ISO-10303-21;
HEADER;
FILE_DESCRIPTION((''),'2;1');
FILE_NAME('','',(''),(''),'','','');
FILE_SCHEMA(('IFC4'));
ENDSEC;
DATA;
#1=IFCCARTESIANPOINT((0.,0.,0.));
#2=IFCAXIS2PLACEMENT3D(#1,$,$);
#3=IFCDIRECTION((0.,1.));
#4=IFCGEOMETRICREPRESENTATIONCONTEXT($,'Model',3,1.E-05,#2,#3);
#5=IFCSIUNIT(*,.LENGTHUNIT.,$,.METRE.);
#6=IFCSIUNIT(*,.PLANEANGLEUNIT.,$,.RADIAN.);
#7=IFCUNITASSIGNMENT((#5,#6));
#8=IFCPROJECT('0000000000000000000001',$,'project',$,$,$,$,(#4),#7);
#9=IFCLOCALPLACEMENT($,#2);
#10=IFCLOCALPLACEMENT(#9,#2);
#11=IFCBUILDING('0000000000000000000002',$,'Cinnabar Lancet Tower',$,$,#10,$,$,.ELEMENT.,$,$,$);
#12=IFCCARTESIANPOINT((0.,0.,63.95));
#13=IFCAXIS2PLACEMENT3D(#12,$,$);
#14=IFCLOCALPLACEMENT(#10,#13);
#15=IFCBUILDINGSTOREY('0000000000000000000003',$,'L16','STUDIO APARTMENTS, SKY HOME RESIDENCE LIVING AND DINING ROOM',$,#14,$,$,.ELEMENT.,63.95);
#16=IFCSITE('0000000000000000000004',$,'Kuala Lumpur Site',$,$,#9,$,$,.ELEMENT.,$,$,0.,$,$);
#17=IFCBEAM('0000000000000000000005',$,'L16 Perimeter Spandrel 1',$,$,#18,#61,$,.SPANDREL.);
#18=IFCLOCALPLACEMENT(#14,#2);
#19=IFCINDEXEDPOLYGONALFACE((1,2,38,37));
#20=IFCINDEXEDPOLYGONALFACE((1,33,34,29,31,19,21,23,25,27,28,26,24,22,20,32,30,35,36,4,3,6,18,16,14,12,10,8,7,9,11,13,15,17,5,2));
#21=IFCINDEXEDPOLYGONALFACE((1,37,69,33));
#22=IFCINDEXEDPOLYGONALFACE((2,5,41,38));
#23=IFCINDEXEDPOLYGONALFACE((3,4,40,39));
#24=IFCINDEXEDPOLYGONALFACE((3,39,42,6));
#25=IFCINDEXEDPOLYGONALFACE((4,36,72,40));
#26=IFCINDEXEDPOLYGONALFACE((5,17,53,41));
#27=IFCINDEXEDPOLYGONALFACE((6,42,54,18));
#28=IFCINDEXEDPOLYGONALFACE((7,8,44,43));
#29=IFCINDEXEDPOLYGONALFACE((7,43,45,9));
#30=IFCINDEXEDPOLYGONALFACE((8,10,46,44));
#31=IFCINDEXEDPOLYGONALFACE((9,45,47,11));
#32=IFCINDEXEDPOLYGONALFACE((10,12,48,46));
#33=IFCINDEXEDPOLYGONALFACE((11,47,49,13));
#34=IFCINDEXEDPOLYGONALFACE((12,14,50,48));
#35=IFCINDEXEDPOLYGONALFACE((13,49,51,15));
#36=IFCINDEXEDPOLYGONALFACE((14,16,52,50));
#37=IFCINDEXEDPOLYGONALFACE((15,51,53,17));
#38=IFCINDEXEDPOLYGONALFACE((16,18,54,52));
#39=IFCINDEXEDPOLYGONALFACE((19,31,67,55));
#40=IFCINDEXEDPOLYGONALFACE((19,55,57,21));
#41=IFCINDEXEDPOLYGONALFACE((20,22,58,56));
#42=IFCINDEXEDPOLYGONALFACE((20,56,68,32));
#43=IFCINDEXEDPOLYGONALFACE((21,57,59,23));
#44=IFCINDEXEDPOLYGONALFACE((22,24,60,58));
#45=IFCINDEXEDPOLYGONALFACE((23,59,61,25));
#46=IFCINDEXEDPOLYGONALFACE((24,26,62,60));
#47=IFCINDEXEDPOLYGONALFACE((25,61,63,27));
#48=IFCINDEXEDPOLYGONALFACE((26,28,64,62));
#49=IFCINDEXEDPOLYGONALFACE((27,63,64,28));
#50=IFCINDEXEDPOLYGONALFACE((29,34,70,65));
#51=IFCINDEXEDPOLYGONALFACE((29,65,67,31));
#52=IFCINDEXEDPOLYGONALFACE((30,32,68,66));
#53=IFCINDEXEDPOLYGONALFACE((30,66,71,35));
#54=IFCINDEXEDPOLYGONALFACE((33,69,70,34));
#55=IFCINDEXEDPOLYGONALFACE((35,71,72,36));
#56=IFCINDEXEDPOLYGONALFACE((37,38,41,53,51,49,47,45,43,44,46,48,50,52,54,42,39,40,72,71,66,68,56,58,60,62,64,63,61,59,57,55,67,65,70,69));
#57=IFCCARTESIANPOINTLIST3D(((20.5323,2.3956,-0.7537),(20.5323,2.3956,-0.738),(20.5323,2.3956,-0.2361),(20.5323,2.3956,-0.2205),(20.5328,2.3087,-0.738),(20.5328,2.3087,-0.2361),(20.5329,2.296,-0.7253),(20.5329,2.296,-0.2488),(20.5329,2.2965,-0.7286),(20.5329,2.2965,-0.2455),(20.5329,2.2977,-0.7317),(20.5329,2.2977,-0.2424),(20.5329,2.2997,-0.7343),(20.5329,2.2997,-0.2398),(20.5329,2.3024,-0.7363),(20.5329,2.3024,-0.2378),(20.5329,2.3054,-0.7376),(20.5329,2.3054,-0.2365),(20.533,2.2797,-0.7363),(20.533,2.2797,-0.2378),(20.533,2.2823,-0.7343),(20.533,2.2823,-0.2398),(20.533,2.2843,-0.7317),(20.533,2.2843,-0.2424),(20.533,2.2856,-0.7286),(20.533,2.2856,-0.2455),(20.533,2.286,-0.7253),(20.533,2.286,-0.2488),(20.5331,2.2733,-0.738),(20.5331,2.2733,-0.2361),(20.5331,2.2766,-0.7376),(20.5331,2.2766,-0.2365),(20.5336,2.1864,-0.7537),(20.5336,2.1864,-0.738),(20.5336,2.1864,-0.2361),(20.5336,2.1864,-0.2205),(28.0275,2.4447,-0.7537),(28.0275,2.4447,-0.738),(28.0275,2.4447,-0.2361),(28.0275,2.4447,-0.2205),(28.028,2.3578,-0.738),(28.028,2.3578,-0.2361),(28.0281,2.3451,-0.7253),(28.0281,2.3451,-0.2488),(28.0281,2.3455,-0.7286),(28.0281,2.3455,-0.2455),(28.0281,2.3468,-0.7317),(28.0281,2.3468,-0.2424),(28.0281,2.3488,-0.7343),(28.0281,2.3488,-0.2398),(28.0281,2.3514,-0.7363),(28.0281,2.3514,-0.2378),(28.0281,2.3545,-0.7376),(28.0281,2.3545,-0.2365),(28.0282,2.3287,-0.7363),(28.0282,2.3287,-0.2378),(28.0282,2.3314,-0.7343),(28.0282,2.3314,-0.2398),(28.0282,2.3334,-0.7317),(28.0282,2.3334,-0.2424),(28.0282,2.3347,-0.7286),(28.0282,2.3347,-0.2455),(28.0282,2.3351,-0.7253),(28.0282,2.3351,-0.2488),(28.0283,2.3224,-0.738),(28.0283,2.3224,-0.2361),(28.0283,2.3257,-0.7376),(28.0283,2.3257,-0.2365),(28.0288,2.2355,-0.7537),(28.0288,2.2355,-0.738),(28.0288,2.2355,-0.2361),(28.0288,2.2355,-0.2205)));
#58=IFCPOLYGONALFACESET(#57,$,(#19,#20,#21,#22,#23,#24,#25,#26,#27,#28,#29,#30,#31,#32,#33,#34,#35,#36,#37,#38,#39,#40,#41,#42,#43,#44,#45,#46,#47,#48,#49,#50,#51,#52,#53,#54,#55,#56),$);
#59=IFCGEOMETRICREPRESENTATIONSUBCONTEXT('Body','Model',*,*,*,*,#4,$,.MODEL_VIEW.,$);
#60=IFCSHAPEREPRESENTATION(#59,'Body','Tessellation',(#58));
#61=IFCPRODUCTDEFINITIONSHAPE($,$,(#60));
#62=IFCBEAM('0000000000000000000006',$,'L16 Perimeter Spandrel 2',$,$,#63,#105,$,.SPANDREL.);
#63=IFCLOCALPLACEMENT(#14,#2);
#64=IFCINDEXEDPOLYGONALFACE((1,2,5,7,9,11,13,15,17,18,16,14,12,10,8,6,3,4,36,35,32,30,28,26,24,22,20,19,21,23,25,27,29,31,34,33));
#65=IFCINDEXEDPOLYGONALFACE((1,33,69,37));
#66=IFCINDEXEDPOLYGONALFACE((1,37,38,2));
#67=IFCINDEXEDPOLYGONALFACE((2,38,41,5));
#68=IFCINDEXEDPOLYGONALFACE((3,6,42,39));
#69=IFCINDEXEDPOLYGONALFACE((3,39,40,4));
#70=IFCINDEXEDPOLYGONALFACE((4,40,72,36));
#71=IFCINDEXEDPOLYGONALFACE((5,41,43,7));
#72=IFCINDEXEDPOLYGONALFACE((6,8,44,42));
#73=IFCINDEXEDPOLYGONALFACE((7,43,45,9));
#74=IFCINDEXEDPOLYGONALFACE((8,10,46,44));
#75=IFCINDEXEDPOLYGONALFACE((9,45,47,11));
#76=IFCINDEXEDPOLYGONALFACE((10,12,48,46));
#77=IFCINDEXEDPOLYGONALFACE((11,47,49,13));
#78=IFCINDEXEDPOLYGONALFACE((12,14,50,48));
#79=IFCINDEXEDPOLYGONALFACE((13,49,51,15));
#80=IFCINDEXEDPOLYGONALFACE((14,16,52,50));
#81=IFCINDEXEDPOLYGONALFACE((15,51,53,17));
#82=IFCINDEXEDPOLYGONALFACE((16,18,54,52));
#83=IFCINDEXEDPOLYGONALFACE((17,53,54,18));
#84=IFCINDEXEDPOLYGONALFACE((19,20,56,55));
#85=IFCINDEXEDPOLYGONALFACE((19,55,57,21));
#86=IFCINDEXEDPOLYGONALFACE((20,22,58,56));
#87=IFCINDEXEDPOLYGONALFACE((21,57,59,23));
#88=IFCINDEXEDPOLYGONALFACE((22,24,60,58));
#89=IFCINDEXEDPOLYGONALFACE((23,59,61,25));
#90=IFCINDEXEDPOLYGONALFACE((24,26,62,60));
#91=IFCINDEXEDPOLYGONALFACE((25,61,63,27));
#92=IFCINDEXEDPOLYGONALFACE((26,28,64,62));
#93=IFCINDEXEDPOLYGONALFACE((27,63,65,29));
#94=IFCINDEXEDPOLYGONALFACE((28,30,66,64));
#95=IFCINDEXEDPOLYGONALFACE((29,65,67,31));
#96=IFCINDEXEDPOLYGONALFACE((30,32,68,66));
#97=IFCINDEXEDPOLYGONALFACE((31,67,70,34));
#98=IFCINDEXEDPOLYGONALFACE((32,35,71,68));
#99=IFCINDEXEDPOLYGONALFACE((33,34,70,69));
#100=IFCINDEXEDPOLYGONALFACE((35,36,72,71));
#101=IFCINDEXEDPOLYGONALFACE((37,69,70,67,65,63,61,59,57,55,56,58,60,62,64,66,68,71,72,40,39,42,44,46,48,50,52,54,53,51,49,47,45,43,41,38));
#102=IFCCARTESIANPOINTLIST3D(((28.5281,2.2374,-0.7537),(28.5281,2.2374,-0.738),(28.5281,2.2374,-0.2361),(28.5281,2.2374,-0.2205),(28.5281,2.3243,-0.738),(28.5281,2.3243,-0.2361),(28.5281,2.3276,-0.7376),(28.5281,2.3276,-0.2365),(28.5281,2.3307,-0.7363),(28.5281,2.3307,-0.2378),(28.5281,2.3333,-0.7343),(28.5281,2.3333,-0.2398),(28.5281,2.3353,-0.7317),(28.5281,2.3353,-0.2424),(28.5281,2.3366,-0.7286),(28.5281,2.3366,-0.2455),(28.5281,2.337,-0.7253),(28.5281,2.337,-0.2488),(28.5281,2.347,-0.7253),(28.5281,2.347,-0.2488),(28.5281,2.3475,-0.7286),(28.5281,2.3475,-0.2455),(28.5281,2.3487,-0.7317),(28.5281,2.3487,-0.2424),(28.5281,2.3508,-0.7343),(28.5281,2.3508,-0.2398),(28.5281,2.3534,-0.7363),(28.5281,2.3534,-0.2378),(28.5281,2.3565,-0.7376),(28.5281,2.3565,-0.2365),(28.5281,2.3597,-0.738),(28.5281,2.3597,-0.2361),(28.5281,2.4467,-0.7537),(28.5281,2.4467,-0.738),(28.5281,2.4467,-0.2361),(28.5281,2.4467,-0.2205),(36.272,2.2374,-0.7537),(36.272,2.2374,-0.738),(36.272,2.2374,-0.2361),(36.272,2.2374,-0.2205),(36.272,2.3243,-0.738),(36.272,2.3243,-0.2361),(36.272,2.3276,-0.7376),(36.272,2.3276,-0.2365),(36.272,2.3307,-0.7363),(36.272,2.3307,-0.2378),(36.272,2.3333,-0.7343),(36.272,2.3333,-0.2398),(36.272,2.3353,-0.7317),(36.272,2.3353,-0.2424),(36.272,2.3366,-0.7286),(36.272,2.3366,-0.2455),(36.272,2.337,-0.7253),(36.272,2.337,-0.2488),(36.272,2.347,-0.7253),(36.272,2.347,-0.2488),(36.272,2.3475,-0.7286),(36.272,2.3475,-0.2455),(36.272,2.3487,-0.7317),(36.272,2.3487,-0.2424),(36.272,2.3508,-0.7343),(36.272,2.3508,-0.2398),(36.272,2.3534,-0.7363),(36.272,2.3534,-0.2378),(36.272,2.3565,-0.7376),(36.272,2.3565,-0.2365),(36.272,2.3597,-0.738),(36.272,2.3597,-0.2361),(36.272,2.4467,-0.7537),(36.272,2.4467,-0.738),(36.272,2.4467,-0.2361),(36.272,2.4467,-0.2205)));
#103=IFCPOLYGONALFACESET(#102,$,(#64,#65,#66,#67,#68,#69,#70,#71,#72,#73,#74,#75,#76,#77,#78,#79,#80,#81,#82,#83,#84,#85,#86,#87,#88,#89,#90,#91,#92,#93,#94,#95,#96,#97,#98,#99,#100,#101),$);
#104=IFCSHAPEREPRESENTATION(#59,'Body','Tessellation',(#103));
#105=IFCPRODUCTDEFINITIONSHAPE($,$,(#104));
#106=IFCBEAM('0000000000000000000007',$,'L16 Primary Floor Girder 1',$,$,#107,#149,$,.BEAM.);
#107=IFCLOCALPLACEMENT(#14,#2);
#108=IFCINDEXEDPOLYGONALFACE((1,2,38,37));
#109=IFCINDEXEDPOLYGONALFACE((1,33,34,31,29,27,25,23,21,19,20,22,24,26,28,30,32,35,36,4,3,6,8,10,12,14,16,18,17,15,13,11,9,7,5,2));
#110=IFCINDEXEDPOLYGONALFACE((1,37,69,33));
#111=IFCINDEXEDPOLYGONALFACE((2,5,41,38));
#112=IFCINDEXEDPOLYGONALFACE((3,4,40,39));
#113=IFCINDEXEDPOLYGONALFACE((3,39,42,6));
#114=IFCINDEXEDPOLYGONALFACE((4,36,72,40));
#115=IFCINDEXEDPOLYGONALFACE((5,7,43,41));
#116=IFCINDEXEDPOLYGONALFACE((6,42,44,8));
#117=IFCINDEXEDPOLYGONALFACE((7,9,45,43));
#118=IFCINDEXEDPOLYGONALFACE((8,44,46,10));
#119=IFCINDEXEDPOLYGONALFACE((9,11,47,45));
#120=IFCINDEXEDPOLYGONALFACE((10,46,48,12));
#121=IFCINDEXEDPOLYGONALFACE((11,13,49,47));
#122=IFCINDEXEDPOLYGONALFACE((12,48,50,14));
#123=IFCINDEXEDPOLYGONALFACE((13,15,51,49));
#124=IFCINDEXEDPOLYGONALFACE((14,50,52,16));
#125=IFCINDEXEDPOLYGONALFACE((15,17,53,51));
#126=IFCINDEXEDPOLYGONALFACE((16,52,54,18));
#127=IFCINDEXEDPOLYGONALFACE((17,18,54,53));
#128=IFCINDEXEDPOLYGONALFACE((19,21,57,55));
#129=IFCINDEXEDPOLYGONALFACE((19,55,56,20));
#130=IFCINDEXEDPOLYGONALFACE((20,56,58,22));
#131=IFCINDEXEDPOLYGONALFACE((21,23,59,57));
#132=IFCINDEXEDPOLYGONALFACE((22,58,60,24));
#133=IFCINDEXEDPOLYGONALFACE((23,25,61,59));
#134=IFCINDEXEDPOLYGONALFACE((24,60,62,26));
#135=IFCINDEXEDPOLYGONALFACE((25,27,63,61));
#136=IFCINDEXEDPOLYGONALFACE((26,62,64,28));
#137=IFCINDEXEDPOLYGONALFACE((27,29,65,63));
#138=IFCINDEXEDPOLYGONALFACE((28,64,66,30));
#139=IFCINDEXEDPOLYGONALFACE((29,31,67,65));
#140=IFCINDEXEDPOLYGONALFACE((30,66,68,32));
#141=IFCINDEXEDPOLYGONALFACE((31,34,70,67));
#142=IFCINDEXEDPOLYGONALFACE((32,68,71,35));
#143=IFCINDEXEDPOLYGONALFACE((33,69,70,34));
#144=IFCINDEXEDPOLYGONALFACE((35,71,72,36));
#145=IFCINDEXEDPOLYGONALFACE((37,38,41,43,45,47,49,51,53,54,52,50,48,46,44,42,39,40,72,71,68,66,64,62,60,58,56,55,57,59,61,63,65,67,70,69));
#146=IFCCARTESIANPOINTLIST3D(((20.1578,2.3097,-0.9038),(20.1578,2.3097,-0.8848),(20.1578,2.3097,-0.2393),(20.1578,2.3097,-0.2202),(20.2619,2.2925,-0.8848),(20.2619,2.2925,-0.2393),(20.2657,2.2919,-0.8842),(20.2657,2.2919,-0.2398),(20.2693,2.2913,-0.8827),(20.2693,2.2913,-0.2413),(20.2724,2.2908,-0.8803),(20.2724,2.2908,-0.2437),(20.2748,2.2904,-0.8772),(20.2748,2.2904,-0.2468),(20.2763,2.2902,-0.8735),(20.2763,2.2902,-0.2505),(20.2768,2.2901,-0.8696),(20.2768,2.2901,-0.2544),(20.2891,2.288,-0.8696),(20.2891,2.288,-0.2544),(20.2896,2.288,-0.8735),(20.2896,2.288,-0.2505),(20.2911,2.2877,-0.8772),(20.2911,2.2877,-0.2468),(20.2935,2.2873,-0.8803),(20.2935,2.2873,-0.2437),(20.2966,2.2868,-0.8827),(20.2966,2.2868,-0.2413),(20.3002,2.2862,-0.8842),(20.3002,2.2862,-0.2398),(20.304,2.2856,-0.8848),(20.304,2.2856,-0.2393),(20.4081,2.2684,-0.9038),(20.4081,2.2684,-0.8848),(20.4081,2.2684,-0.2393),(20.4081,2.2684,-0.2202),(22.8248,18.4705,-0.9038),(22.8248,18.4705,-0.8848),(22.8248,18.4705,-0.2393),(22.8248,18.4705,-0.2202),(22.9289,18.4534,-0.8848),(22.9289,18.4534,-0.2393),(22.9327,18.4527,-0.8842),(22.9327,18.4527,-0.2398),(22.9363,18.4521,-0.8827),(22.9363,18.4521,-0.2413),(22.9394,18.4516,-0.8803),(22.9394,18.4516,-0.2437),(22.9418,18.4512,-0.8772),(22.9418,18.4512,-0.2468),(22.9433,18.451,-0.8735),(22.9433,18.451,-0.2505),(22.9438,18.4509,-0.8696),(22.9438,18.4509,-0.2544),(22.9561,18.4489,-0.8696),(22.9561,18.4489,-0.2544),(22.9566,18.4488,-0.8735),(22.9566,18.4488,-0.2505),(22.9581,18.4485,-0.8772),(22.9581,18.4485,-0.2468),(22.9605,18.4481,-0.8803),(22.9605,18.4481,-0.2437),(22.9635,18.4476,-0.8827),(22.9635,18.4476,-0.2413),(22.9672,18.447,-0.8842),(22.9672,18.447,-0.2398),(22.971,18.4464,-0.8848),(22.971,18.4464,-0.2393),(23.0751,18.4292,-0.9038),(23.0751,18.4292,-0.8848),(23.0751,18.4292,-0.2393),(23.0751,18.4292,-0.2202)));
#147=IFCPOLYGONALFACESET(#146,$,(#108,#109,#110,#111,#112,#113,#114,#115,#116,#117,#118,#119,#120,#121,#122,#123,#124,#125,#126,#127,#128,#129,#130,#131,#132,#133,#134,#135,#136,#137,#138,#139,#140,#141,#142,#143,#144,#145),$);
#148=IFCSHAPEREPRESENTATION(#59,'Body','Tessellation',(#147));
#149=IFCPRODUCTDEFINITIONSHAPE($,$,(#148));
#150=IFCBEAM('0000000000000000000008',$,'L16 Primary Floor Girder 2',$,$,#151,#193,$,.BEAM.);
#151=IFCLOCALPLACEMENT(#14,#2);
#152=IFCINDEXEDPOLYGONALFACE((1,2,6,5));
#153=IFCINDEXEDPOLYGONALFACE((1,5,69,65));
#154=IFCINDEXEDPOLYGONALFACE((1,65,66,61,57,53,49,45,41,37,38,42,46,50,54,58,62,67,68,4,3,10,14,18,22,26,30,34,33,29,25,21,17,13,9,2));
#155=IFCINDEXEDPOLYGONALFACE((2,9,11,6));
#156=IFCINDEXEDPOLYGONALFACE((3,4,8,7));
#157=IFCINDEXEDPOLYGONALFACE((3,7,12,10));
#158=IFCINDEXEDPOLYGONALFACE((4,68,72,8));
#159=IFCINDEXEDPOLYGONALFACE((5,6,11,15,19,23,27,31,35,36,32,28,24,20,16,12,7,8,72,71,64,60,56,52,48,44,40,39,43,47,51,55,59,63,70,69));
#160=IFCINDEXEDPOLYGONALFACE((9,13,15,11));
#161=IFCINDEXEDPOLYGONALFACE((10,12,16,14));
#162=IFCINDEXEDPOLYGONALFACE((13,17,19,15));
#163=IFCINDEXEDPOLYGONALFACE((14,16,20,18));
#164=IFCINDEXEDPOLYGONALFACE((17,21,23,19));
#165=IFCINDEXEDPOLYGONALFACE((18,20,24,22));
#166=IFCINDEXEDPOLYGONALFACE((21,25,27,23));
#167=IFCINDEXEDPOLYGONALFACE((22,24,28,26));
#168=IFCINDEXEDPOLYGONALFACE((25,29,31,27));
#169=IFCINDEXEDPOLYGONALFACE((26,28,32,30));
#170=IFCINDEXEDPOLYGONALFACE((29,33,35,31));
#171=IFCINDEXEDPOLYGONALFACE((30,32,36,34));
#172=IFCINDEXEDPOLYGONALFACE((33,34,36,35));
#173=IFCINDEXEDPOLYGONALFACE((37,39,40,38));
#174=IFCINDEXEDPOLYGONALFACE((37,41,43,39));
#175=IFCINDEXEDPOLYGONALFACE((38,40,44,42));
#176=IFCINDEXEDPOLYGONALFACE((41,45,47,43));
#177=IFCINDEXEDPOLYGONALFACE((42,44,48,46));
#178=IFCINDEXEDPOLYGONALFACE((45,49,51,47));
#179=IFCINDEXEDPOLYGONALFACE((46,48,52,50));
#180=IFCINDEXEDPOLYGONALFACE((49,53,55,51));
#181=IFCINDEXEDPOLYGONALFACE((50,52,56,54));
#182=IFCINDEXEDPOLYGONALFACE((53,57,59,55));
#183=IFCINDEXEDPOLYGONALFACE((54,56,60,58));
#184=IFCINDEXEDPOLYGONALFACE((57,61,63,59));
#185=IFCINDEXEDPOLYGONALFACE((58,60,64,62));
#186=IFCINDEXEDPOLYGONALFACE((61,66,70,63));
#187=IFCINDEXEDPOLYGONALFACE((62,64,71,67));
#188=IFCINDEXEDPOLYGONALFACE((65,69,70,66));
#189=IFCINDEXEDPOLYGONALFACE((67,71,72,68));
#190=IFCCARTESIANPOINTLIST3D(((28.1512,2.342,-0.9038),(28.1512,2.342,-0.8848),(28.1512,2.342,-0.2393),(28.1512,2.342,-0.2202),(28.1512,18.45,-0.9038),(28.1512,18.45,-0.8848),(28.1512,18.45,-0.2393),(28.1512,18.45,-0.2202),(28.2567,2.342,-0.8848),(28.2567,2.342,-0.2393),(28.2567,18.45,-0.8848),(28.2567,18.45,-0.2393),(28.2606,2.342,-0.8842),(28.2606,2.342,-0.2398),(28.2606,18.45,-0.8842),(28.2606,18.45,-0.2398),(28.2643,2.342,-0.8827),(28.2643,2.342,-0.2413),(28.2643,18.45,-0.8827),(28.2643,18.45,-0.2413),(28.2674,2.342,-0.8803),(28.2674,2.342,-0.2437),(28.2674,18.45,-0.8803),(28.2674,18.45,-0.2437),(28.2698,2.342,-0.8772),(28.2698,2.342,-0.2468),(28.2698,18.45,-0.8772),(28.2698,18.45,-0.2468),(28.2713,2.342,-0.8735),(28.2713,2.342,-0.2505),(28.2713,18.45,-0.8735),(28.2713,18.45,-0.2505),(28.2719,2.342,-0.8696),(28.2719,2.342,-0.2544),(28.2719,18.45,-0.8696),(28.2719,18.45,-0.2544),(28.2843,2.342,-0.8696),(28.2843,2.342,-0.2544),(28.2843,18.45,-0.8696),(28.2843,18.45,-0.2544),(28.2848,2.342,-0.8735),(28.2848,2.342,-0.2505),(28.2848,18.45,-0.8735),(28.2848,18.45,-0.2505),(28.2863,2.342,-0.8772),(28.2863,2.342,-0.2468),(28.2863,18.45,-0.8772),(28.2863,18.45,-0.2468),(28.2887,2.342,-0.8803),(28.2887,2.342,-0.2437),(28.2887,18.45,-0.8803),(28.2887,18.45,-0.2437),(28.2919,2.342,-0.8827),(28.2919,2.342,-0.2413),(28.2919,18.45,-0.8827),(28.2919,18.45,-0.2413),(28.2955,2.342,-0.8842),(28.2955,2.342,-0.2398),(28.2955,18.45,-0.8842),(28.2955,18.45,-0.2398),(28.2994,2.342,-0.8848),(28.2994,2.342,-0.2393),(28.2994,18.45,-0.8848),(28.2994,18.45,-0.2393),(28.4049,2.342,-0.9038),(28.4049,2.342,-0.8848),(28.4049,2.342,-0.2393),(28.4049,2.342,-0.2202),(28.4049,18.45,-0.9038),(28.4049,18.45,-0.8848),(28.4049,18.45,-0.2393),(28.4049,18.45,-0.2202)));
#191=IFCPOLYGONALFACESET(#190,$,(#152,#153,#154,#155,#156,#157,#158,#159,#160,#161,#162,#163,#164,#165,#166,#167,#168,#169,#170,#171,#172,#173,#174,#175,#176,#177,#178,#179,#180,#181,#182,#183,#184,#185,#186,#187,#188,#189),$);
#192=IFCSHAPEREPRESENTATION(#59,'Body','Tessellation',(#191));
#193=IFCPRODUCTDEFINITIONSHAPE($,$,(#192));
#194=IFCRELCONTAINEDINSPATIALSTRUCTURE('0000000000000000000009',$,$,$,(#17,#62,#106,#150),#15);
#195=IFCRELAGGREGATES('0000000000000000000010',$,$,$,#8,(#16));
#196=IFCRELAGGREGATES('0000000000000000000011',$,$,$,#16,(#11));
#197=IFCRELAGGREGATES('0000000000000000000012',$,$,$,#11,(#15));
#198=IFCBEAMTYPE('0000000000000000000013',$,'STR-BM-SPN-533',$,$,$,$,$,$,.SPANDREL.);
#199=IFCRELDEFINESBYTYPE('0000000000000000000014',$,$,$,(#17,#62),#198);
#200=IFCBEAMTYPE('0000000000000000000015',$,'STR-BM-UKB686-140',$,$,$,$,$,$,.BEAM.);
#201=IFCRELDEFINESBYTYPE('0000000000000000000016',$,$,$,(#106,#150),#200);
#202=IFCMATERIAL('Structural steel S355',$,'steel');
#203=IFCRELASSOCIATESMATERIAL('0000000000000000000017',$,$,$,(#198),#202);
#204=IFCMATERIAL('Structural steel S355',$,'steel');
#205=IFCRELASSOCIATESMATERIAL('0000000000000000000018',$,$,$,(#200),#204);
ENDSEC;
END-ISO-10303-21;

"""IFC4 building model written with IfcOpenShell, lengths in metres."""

from ifc_helpers import new_model, si_unit, direction, frame, origin, origin_2d, place, context, subcontext, project, spatial, i_section, extrude, material, material_profile, profile_set, type_object, element, save


model = new_model("IFC4")

# Units and contexts
model_context = context("Model", 3, precision=1e-05, world=origin(), true_north=direction((0.0, 1.0)))
body_context = subcontext(model_context, "Body", "Model", "MODEL_VIEW")
ifc_project = project(units=[si_unit("LENGTHUNIT", "METRE"), si_unit("PLANEANGLEUNIT", "RADIAN")], contexts=[model_context])

# Site, building, storey
site_placement = place(None, origin())
site = spatial("IfcSite", under=ifc_project, at=site_placement, Name="Kuala Lumpur Site", CompositionType="ELEMENT", RefElevation=0.0)
building_placement = place(site_placement, origin())
building = spatial("IfcBuilding", under=site, at=building_placement, Name="Cinnabar Lancet Tower", CompositionType="ELEMENT")
storey_placement = place(building_placement, frame((0.0, 0.0, 63.95)))
storey = spatial("IfcBuildingStorey", under=building, at=storey_placement, Name="L16", Description="STUDIO APARTMENTS, SKY HOME RESIDENCE LIVING AND DINING ROOM", CompositionType="ELEMENT", Elevation=63.95)

# Beams
ifc_material_1 = material(Name="Structural steel S355", Category="steel")
ifc_material_profile_1 = material_profile(ifc_material_1, i_section(OverallWidth=0.2092, OverallDepth=0.5332, WebThickness=0.01, FlangeThickness=0.0156, FilletRadius=0.0127, at=origin_2d()), Name="UKB 533x210x92")
ifc_profile_set_1 = profile_set([ifc_material_profile_1], Name="Structural steel S355")
beam_type_1 = type_object("IfcBeamType", Name="STR-BM-SPN-533", PredefinedType="SPANDREL", material=ifc_profile_set_1)
beam_1_placement = place(storey_placement, frame((20.533, 2.291, -0.4871), z_axis=(0.999979, 0.006547, 0.0), x_axis=(-0.006547, 0.999979, 0.0)))
element("IfcBeam", 1, at=beam_1_placement, inside=storey, type_object=beam_type_1, Name="L16 Perimeter Spandrel 1", PredefinedType="SPANDREL", context=body_context, shape_type="SweptSolid", body=[
    extrude(i_section(OverallWidth=0.2092, OverallDepth=0.5332, WebThickness=0.01, FlangeThickness=0.0156, FilletRadius=0.0127, at=origin_2d()), origin(), (0.0, 0.0, 1.0), 7.4954),
])
beam_2_placement = place(storey_placement, frame((28.5281, 2.342, -0.4871), z_axis=(1.0, 0.0, 0.0), x_axis=(0.0, 1.0, 0.0)))
element("IfcBeam", 2, at=beam_2_placement, inside=storey, type_object=beam_type_1, Name="L16 Perimeter Spandrel 2", PredefinedType="SPANDREL", context=body_context, shape_type="SweptSolid", body=[
    extrude(i_section(OverallWidth=0.2092, OverallDepth=0.5332, WebThickness=0.01, FlangeThickness=0.0156, FilletRadius=0.0127, at=origin_2d()), origin(), (0.0, 0.0, 1.0), 7.7439),
])
ifc_material_2 = material(Name="Structural steel S355", Category="steel")
ifc_material_profile_2 = material_profile(ifc_material_2, i_section(OverallWidth=0.2537, OverallDepth=0.6836, WebThickness=0.0125, FlangeThickness=0.019, FilletRadius=0.0151, at=origin_2d()), Name="UKB 686x254x140")
ifc_profile_set_2 = profile_set([ifc_material_profile_2], Name="Structural steel S355")
beam_type_2 = type_object("IfcBeamType", Name="STR-BM-UKB686-140", PredefinedType="BEAM", material=ifc_profile_set_2)
beam_3_placement = place(storey_placement, frame((20.283, 2.2891, -0.562), z_axis=(0.162825, 0.986655, 0.0), x_axis=(-0.986655, 0.162825, 0.0)))
element("IfcBeam", 3, at=beam_3_placement, inside=storey, type_object=beam_type_2, Name="L16 Primary Floor Girder 1", PredefinedType="BEAM", context=body_context, shape_type="SweptSolid", body=[
    extrude(i_section(OverallWidth=0.2537, OverallDepth=0.6836, WebThickness=0.0125, FlangeThickness=0.019, FilletRadius=0.0151, at=origin_2d()), origin(), (0.0, 0.0, 1.0), 16.3794),
])
beam_4_placement = place(storey_placement, frame((28.2781, 2.342, -0.562), z_axis=(0.0, 1.0, 0.0), x_axis=(-1.0, 0.0, 0.0)))
element("IfcBeam", 4, at=beam_4_placement, inside=storey, type_object=beam_type_2, Name="L16 Primary Floor Girder 2", PredefinedType="BEAM", context=body_context, shape_type="SweptSolid", body=[
    extrude(i_section(OverallWidth=0.2537, OverallDepth=0.6836, WebThickness=0.0125, FlangeThickness=0.019, FilletRadius=0.0151, at=origin_2d()), origin(), (0.0, 0.0, 1.0), 16.1079),
])

save(model, "model.ifc")
